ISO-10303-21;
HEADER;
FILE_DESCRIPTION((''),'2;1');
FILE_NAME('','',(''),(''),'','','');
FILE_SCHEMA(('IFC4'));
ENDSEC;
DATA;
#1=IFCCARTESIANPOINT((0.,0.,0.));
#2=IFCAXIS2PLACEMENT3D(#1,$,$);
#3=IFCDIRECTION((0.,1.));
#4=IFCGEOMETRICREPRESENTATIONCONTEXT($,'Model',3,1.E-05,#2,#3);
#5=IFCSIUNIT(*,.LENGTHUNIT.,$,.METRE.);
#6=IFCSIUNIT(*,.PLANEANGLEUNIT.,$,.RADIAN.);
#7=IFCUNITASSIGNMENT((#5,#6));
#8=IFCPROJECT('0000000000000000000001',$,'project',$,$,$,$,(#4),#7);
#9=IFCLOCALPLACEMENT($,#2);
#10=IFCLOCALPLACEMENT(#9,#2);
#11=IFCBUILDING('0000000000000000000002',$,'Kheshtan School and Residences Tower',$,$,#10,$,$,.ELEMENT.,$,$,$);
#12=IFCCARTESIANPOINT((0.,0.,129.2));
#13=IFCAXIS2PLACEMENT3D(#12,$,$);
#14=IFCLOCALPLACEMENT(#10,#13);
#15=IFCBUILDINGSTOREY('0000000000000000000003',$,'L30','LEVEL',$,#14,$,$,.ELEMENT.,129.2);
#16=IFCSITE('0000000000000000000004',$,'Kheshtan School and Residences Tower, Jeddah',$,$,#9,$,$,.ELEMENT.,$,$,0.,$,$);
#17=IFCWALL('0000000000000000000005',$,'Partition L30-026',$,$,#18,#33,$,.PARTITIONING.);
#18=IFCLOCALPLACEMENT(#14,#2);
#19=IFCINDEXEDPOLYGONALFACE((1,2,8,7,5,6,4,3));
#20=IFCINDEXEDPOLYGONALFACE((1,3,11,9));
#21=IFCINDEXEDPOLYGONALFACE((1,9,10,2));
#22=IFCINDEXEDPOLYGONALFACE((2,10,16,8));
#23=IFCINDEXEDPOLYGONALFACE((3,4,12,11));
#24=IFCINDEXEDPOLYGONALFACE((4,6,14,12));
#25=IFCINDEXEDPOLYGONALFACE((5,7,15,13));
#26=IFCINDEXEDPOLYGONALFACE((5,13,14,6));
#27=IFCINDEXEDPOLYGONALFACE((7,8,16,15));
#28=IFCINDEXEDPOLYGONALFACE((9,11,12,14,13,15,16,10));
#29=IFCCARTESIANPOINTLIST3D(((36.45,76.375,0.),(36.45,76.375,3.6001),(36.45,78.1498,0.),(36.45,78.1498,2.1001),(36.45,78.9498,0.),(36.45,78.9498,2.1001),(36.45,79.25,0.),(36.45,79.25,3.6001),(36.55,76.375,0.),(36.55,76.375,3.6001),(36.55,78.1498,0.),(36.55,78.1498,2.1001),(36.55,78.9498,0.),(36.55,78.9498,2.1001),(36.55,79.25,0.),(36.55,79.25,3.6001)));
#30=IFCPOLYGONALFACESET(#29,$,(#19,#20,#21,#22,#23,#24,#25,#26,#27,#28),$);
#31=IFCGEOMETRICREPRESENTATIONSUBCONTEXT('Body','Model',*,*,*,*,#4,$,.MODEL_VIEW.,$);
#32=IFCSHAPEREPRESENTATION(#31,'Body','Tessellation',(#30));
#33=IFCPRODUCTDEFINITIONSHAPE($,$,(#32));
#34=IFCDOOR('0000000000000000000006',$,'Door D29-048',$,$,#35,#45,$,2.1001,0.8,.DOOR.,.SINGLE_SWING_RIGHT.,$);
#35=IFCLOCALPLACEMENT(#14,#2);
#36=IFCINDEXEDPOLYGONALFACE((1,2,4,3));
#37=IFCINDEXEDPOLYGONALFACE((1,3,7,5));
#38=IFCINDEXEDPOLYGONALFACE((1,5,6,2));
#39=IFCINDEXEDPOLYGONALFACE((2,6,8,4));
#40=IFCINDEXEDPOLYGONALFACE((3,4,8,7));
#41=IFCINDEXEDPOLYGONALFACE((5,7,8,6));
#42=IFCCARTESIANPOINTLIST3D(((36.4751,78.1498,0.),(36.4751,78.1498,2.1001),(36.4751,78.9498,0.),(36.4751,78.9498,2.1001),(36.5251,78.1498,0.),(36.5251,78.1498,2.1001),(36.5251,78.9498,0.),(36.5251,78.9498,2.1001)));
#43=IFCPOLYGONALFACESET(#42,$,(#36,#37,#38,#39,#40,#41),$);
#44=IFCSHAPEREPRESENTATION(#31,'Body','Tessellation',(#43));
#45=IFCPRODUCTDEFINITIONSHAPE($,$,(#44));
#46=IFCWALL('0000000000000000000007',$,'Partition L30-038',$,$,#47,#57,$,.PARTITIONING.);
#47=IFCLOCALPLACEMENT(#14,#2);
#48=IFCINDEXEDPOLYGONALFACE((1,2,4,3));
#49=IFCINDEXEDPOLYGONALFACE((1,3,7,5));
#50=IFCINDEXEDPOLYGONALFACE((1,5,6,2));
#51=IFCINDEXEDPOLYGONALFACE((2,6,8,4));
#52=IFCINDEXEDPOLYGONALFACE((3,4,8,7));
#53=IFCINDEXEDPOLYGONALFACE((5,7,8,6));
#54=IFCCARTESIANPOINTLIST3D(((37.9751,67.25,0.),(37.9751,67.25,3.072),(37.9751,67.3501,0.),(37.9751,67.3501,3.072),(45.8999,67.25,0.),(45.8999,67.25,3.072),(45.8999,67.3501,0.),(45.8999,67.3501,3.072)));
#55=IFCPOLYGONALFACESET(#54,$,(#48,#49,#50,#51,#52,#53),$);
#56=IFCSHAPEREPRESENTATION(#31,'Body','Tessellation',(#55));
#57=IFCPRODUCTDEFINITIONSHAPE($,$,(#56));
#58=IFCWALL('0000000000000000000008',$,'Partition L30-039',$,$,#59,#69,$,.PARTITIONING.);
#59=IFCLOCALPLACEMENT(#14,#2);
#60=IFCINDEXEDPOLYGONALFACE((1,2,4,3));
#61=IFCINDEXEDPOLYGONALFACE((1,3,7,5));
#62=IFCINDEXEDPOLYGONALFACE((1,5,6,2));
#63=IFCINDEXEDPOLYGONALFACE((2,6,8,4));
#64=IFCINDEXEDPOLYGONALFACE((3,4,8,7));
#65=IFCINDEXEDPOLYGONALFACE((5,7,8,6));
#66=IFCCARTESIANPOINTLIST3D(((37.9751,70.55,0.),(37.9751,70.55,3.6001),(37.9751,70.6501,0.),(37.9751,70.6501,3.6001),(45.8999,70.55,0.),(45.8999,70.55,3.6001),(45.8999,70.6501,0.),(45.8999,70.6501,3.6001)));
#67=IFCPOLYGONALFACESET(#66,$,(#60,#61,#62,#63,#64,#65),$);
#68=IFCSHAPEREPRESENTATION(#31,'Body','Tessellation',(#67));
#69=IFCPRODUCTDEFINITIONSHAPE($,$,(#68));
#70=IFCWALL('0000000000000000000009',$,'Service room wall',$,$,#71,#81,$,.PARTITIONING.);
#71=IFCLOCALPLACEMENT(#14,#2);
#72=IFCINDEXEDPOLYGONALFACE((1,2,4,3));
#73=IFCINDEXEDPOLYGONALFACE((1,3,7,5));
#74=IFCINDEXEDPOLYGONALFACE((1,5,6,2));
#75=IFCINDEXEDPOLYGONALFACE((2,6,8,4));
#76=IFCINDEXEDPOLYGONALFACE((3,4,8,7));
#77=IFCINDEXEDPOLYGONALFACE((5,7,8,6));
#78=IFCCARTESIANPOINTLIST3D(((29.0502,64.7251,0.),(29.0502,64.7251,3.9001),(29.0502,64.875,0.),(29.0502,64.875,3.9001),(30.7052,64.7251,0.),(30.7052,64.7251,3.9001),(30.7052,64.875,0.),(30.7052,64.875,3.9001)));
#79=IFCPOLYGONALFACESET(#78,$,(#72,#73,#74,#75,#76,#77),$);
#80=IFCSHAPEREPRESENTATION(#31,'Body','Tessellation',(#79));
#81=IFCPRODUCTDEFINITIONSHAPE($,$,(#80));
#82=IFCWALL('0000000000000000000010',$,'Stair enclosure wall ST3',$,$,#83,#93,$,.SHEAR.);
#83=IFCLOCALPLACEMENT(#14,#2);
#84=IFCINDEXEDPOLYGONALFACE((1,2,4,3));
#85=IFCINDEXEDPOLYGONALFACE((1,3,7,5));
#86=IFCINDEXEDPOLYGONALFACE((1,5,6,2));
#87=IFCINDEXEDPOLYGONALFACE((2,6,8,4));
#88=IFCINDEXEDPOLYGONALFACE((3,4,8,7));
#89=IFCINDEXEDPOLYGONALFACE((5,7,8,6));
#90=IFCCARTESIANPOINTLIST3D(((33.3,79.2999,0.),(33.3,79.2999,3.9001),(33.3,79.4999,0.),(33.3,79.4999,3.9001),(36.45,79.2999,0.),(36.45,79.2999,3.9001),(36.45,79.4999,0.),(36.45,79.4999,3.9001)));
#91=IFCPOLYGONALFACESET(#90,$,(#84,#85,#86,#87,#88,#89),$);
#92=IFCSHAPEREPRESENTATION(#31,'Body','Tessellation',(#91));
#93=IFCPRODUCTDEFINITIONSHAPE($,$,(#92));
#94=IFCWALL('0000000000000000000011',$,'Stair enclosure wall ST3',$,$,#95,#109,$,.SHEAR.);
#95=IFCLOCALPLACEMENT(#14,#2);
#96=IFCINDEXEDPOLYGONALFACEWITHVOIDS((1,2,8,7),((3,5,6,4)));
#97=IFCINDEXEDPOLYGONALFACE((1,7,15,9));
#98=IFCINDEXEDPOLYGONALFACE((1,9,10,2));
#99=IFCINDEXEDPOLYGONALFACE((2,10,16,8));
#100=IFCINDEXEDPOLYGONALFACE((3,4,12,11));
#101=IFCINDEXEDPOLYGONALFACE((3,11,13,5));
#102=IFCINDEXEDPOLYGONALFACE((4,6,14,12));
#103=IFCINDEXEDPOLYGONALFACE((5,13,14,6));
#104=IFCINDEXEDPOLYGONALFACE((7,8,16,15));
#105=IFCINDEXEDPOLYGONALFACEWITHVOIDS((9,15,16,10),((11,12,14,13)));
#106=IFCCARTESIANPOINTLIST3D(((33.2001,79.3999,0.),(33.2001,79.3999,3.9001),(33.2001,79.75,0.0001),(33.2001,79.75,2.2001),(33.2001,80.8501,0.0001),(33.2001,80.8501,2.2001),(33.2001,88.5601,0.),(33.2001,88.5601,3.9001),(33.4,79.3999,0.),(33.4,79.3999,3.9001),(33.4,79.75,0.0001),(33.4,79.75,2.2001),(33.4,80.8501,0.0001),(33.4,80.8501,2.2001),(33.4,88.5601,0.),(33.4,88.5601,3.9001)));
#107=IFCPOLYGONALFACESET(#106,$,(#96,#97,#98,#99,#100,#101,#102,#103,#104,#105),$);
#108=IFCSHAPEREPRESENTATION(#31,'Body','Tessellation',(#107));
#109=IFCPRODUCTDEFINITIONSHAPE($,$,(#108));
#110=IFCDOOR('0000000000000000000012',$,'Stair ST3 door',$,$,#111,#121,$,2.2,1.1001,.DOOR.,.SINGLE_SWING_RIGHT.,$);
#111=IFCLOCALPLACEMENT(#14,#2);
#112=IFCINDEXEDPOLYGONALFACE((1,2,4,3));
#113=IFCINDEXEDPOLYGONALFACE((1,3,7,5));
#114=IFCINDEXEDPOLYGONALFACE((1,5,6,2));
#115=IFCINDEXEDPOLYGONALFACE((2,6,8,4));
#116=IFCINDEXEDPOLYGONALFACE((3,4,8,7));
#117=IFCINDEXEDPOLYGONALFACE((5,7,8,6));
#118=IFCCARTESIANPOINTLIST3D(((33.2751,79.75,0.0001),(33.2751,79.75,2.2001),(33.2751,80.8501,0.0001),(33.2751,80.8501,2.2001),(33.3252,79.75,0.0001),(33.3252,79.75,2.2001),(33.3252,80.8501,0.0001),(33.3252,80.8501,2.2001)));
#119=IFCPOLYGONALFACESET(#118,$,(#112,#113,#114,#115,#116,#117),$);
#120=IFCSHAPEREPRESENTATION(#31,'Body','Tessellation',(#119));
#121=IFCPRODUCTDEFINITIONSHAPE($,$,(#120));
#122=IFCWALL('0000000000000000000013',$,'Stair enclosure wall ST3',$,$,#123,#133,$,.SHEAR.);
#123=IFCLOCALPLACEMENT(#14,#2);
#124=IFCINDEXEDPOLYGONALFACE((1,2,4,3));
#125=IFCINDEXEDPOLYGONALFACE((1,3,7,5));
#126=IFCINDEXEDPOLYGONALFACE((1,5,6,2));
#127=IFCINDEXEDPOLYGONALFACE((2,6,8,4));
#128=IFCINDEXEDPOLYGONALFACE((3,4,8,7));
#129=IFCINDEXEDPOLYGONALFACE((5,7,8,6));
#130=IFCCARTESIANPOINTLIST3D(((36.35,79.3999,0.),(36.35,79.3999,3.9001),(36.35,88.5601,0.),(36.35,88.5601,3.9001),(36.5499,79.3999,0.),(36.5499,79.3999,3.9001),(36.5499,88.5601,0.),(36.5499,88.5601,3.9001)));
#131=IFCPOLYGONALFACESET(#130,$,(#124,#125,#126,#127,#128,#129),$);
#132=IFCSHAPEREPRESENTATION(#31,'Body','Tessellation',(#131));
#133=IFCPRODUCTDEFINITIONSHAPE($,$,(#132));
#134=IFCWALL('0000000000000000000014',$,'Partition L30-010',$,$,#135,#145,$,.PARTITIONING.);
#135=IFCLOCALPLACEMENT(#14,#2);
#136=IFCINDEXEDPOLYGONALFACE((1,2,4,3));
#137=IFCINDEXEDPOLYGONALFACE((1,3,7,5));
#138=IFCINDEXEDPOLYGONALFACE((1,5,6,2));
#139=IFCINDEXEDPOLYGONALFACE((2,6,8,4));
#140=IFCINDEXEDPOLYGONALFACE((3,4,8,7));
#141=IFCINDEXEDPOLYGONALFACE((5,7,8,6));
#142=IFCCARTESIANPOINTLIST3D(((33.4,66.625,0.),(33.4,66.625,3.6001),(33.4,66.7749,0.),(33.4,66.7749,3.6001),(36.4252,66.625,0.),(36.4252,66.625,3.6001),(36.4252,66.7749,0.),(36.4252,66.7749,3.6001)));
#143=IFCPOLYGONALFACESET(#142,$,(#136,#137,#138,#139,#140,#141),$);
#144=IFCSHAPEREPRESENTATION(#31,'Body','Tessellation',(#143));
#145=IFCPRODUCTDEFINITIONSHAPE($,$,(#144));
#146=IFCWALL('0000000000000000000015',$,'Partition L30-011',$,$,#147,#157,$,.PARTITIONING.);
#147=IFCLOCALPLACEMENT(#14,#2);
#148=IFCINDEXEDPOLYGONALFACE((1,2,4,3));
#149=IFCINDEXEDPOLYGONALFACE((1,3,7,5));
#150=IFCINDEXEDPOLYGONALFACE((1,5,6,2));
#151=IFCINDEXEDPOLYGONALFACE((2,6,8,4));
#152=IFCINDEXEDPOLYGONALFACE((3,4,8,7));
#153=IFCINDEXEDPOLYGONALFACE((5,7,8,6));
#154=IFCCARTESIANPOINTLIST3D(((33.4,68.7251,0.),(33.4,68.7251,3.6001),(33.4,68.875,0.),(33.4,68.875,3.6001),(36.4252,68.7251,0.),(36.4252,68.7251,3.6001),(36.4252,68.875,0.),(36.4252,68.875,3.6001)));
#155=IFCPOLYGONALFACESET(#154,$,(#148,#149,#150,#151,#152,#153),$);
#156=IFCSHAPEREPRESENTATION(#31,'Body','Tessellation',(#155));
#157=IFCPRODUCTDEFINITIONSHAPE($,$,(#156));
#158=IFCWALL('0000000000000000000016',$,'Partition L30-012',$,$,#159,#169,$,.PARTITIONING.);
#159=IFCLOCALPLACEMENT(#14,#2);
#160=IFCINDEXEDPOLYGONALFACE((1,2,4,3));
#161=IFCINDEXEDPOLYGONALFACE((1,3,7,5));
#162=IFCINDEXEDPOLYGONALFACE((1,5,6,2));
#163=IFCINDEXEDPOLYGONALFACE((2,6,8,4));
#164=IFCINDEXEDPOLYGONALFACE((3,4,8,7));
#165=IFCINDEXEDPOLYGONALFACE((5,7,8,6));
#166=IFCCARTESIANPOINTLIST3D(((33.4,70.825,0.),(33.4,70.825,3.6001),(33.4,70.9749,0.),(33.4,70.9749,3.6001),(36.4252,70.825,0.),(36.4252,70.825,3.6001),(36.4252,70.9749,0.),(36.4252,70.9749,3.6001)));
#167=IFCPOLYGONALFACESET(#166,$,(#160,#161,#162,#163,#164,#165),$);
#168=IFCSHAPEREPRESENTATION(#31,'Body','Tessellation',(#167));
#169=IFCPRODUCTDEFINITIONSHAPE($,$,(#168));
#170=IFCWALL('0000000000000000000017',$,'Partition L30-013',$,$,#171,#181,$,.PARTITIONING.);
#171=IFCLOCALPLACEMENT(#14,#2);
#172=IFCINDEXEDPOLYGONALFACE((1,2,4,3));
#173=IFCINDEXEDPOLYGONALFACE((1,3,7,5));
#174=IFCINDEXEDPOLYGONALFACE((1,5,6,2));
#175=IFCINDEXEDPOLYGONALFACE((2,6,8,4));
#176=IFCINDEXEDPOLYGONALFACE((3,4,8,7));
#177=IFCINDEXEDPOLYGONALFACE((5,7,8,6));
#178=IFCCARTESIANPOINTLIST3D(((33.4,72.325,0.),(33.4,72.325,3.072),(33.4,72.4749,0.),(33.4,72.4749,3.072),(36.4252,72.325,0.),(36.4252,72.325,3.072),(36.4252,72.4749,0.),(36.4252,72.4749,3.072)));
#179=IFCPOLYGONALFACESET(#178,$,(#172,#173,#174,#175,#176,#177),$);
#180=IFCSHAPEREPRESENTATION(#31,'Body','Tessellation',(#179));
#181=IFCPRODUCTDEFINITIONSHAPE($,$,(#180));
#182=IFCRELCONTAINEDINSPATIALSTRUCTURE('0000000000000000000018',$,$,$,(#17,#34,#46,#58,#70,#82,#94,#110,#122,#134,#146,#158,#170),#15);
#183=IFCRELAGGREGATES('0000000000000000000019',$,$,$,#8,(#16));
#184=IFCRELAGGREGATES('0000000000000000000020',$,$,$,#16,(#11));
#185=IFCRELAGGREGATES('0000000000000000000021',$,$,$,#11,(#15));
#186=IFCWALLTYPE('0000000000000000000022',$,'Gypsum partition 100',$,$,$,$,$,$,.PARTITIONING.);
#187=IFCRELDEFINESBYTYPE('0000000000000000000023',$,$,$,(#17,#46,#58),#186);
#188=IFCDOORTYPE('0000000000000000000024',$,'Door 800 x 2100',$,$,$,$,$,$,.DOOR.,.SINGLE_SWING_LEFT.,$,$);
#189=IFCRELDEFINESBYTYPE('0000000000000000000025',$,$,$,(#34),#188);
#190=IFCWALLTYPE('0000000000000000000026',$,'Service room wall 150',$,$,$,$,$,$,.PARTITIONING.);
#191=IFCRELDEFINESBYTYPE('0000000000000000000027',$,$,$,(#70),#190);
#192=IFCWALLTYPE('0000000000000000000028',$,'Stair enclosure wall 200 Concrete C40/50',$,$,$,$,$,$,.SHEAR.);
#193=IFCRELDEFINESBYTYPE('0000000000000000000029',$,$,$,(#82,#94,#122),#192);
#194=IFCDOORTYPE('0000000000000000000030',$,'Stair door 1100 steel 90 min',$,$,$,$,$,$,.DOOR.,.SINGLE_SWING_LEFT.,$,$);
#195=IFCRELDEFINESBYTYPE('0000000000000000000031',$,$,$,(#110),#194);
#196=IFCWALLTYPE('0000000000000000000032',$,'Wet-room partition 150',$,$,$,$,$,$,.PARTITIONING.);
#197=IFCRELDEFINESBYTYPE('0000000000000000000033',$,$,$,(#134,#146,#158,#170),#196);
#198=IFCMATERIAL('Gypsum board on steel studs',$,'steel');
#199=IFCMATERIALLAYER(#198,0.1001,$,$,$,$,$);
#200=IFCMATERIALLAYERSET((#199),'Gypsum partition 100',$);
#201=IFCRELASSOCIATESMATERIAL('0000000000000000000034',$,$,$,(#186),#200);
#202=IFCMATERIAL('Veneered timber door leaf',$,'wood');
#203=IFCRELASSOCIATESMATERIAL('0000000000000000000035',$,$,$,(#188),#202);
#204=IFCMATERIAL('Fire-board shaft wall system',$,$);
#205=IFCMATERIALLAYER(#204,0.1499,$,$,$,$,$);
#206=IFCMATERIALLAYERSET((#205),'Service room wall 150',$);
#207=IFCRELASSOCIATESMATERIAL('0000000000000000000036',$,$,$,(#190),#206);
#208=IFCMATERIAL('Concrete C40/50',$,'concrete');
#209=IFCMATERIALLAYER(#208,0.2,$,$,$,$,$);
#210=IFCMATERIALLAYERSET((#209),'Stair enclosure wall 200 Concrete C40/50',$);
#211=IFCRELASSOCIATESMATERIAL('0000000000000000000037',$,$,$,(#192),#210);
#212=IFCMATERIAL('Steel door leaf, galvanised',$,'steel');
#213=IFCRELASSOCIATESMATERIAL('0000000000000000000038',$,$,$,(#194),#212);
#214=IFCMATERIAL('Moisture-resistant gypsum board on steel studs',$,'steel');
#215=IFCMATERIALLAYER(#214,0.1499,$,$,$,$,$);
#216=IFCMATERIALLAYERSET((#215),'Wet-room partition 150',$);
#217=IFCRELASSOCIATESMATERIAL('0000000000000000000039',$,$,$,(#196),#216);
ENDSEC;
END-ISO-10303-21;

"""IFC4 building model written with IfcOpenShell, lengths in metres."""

from ifc_helpers import new_model, si_unit, direction, frame, frame_2d, origin, place, context, subcontext, project, spatial, rectangle, extrude, source, transform, mapped, material, layer, layer_set, type_object, element, fill, save


model = new_model("IFC4")

# Units and contexts
model_context = context("Model", 3, precision=1e-05, world=origin(), true_north=direction((0.0, 1.0)))
body_context = subcontext(model_context, "Body", "Model", "MODEL_VIEW")
ifc_project = project(units=[si_unit("LENGTHUNIT", "METRE"), si_unit("PLANEANGLEUNIT", "RADIAN")], contexts=[model_context])

# Site, building, storey
site_placement = place(None, origin())
site = spatial("IfcSite", under=ifc_project, at=site_placement, Name="Kheshtan School and Residences Tower, Jeddah", CompositionType="ELEMENT", RefElevation=0.0)
building_placement = place(site_placement, origin())
building = spatial("IfcBuilding", under=site, at=building_placement, Name="Kheshtan School and Residences Tower", CompositionType="ELEMENT")
storey_placement = place(building_placement, frame((0.0, 0.0, 129.2)))
storey = spatial("IfcBuildingStorey", under=building, at=storey_placement, Name="L30", Description="LEVEL", CompositionType="ELEMENT", Elevation=129.2)

# Shared definitions
ifc_material_1 = material(Name="Gypsum board on steel studs", Category="steel")
ifc_layer_1 = layer(ifc_material_1, 0.1001)
ifc_layer_set_1 = layer_set([ifc_layer_1], Name="Gypsum partition 100")
wall_type_1 = type_object("IfcWallType", Name="Gypsum partition 100", PredefinedType="PARTITIONING", material=ifc_layer_set_1)

# Wall, opening, door
ifc_material_2 = material(Name="Veneered timber door leaf", Category="wood")
wall_1_placement = place(storey_placement, frame((36.5, 76.375, 0.0), z_axis=(0.0, 0.0, 1.0), x_axis=(0.0, 1.0, 0.0)))
wall_1 = element("IfcWall", 1, at=wall_1_placement, inside=storey, type_object=wall_type_1, Name="Partition L30-026", PredefinedType="PARTITIONING", context=body_context, shape_type="SweptSolid", body=[
    extrude(rectangle(XDim=2.875, YDim=0.1001, at=frame_2d((1.4375, 0.0))), origin(), (0.0, 0.0, 1.0), 3.6001),
])
opening_1_placement = place(wall_1_placement, frame((1.7749, 0.0, 0.0)))
opening_1 = element("IfcOpeningElement", 2, at=opening_1_placement, cuts=wall_1, PredefinedType="OPENING", context=body_context, shape_type="SweptSolid", body=[
    extrude(rectangle(XDim=0.8, YDim=2.1001, at=frame_2d((0.3999, 1.05))), frame((0.0, 0.0601, 0.0), z_axis=(0.0, -1.0, 0.0), x_axis=(1.0, 0.0, 0.0)), (0.0, 0.0, 1.0), 0.1201),
])
door_type_1 = type_object("IfcDoorType", Name="Door 800 x 2100", OperationType="SINGLE_SWING_LEFT", PredefinedType="DOOR", material=ifc_material_2)
shared_shape_1 = source(origin(), body_context, "Body", "SweptSolid", [
    extrude(rectangle(XDim=0.8, YDim=2.1001, at=frame_2d((0.3999, 1.05))), frame((0.0, 0.0249, 0.0), z_axis=(0.0, -1.0, 0.0), x_axis=(1.0, 0.0, 0.0)), (0.0, 0.0, 1.0), 0.05),
])
door_1_placement = place(opening_1_placement, origin())
door_1 = element("IfcDoor", 3, at=door_1_placement, inside=storey, type_object=door_type_1, Name="Door D29-048", OperationType="SINGLE_SWING_RIGHT", OverallHeight=2.1001, OverallWidth=0.8, PredefinedType="DOOR", context=body_context, shape_type="MappedRepresentation", body=[
    mapped(shared_shape_1, transform((0.0, 0.0, 0.0), x_axis=(1.0, 0.0, 0.0), y_axis=(0.0, 1.0, 0.0), z_axis=(0.0, 0.0, 1.0), scale=1.0)),
])
fill(opening_1, door_1)

# Walls
wall_2_placement = place(storey_placement, frame((37.9751, 67.3, 0.0), z_axis=(0.0, 0.0, 1.0), x_axis=(1.0, 0.0, 0.0)))
element("IfcWall", 4, at=wall_2_placement, inside=storey, type_object=wall_type_1, Name="Partition L30-038", PredefinedType="PARTITIONING", context=body_context, shape_type="SweptSolid", body=[
    extrude(rectangle(XDim=7.9248, YDim=0.1001, at=frame_2d((3.9624, 0.0))), origin(), (0.0, 0.0, 1.0), 3.072),
])
wall_3_placement = place(storey_placement, frame((37.9751, 70.6001, 0.0), z_axis=(0.0, 0.0, 1.0), x_axis=(1.0, 0.0, 0.0)))
element("IfcWall", 5, at=wall_3_placement, inside=storey, type_object=wall_type_1, Name="Partition L30-039", PredefinedType="PARTITIONING", context=body_context, shape_type="SweptSolid", body=[
    extrude(rectangle(XDim=7.9248, YDim=0.1001, at=frame_2d((3.9624, 0.0))), origin(), (0.0, 0.0, 1.0), 3.6001),
])
ifc_material_3 = material(Name="Fire-board shaft wall system")
ifc_layer_2 = layer(ifc_material_3, 0.1499)
ifc_layer_set_2 = layer_set([ifc_layer_2], Name="Service room wall 150")
wall_type_2 = type_object("IfcWallType", Name="Service room wall 150", PredefinedType="PARTITIONING", material=ifc_layer_set_2)
wall_4_placement = place(storey_placement, frame((29.05, 64.8, 0.0), z_axis=(0.0, 0.0, 1.0), x_axis=(1.0, 0.0, 0.0)))
element("IfcWall", 6, at=wall_4_placement, inside=storey, type_object=wall_type_2, Name="Service room wall", PredefinedType="PARTITIONING", context=body_context, shape_type="SweptSolid", body=[
    extrude(rectangle(XDim=1.655, YDim=0.1499, at=frame_2d((0.8276, 0.0))), origin(), (0.0, 0.0, 1.0), 3.9001),
])
ifc_material_4 = material(Name="Concrete C40/50", Category="concrete")
ifc_layer_3 = layer(ifc_material_4, 0.2)
ifc_layer_set_3 = layer_set([ifc_layer_3], Name="Stair enclosure wall 200 Concrete C40/50")
wall_type_3 = type_object("IfcWallType", Name="Stair enclosure wall 200 Concrete C40/50", PredefinedType="SHEAR", material=ifc_layer_set_3)
wall_5_placement = place(storey_placement, frame((33.3, 79.3999, 0.0), z_axis=(0.0, 0.0, 1.0), x_axis=(1.0, 0.0, 0.0)))
element("IfcWall", 7, at=wall_5_placement, inside=storey, type_object=wall_type_3, Name="Stair enclosure wall ST3", PredefinedType="SHEAR", context=body_context, shape_type="SweptSolid", body=[
    extrude(rectangle(XDim=3.1499, YDim=0.2, at=frame_2d((1.575, 0.0))), origin(), (0.0, 0.0, 1.0), 3.9001),
])

# Wall, opening, door
wall_6_placement = place(storey_placement, frame((33.3, 79.3999, 0.0), z_axis=(0.0, 0.0, 1.0), x_axis=(0.0, 1.0, 0.0)))
wall_6 = element("IfcWall", 8, at=wall_6_placement, inside=storey, type_object=wall_type_3, Name="Stair enclosure wall ST3", PredefinedType="SHEAR", context=body_context, shape_type="SweptSolid", body=[
    extrude(rectangle(XDim=9.1602, YDim=0.2, at=frame_2d((4.5801, 0.0))), origin(), (0.0, 0.0, 1.0), 3.9001),
])
opening_2_placement = place(wall_6_placement, frame((0.3501, 0.0, 0.0)))
opening_2 = element("IfcOpeningElement", 9, at=opening_2_placement, cuts=wall_6, PredefinedType="OPENING", context=body_context, shape_type="SweptSolid", body=[
    extrude(rectangle(XDim=1.1001, YDim=2.2, at=frame_2d((0.55, 1.1001))), frame((0.0, 0.1099, 0.0), z_axis=(0.0, -1.0, 0.0), x_axis=(1.0, 0.0, 0.0)), (0.0, 0.0, 1.0), 0.22),
])
ifc_material_5 = material(Name="Steel door leaf, galvanised", Category="steel")
door_type_2 = type_object("IfcDoorType", Name="Stair door 1100 steel 90 min", OperationType="SINGLE_SWING_LEFT", PredefinedType="DOOR", material=ifc_material_5)
shared_shape_2 = source(origin(), body_context, "Body", "SweptSolid", [
    extrude(rectangle(XDim=1.1001, YDim=2.2, at=frame_2d((0.55, 1.1001))), frame((0.0, 0.0249, 0.0), z_axis=(0.0, -1.0, 0.0), x_axis=(1.0, 0.0, 0.0)), (0.0, 0.0, 1.0), 0.05),
])
door_2_placement = place(opening_2_placement, origin())
door_2 = element("IfcDoor", 10, at=door_2_placement, inside=storey, type_object=door_type_2, Name="Stair ST3 door", OperationType="SINGLE_SWING_RIGHT", OverallHeight=2.2, OverallWidth=1.1001, PredefinedType="DOOR", context=body_context, shape_type="MappedRepresentation", body=[
    mapped(shared_shape_2, transform((0.0, 0.0, 0.0), x_axis=(1.0, 0.0, 0.0), y_axis=(0.0, 1.0, 0.0), z_axis=(0.0, 0.0, 1.0), scale=1.0)),
])
fill(opening_2, door_2)

# Walls
wall_7_placement = place(storey_placement, frame((36.45, 79.3999, 0.0), z_axis=(0.0, 0.0, 1.0), x_axis=(0.0, 1.0, 0.0)))
element("IfcWall", 11, at=wall_7_placement, inside=storey, type_object=wall_type_3, Name="Stair enclosure wall ST3", PredefinedType="SHEAR", context=body_context, shape_type="SweptSolid", body=[
    extrude(rectangle(XDim=9.1602, YDim=0.2, at=frame_2d((4.5801, 0.0))), origin(), (0.0, 0.0, 1.0), 3.9001),
])
ifc_material_6 = material(Name="Moisture-resistant gypsum board on steel studs", Category="steel")
ifc_layer_4 = layer(ifc_material_6, 0.1499)
ifc_layer_set_4 = layer_set([ifc_layer_4], Name="Wet-room partition 150")
wall_type_4 = type_object("IfcWallType", Name="Wet-room partition 150", PredefinedType="PARTITIONING", material=ifc_layer_set_4)
for number, where, z_axis, x_axis, name in (
    (12, (33.3999, 66.7, 0.0), (0.0, 0.0, 1.0), (1.0, 0.0, 0.0), "Partition L30-010"),
    (13, (33.3999, 68.8, 0.0), (0.0, 0.0, 1.0), (1.0, 0.0, 0.0), "Partition L30-011"),
    (14, (33.3999, 70.8999, 0.0), (0.0, 0.0, 1.0), (1.0, 0.0, 0.0), "Partition L30-012"),
):
    element("IfcWall", number, at=place(storey_placement, frame(where, z_axis=z_axis, x_axis=x_axis)), inside=storey, type_object=wall_type_4, Name=name, PredefinedType="PARTITIONING", context=body_context, shape_type="SweptSolid", body=[
        extrude(rectangle(XDim=3.0251, YDim=0.1499, at=frame_2d((1.5127, 0.0))), origin(), (0.0, 0.0, 1.0), 3.6001),
    ])
wall_8_placement = place(storey_placement, frame((33.3999, 72.3999, 0.0), z_axis=(0.0, 0.0, 1.0), x_axis=(1.0, 0.0, 0.0)))
element("IfcWall", 15, at=wall_8_placement, inside=storey, type_object=wall_type_4, Name="Partition L30-013", PredefinedType="PARTITIONING", context=body_context, shape_type="SweptSolid", body=[
    extrude(rectangle(XDim=3.0251, YDim=0.1499, at=frame_2d((1.5127, 0.0))), origin(), (0.0, 0.0, 1.0), 3.072),
])

save(model, "model.ifc")
